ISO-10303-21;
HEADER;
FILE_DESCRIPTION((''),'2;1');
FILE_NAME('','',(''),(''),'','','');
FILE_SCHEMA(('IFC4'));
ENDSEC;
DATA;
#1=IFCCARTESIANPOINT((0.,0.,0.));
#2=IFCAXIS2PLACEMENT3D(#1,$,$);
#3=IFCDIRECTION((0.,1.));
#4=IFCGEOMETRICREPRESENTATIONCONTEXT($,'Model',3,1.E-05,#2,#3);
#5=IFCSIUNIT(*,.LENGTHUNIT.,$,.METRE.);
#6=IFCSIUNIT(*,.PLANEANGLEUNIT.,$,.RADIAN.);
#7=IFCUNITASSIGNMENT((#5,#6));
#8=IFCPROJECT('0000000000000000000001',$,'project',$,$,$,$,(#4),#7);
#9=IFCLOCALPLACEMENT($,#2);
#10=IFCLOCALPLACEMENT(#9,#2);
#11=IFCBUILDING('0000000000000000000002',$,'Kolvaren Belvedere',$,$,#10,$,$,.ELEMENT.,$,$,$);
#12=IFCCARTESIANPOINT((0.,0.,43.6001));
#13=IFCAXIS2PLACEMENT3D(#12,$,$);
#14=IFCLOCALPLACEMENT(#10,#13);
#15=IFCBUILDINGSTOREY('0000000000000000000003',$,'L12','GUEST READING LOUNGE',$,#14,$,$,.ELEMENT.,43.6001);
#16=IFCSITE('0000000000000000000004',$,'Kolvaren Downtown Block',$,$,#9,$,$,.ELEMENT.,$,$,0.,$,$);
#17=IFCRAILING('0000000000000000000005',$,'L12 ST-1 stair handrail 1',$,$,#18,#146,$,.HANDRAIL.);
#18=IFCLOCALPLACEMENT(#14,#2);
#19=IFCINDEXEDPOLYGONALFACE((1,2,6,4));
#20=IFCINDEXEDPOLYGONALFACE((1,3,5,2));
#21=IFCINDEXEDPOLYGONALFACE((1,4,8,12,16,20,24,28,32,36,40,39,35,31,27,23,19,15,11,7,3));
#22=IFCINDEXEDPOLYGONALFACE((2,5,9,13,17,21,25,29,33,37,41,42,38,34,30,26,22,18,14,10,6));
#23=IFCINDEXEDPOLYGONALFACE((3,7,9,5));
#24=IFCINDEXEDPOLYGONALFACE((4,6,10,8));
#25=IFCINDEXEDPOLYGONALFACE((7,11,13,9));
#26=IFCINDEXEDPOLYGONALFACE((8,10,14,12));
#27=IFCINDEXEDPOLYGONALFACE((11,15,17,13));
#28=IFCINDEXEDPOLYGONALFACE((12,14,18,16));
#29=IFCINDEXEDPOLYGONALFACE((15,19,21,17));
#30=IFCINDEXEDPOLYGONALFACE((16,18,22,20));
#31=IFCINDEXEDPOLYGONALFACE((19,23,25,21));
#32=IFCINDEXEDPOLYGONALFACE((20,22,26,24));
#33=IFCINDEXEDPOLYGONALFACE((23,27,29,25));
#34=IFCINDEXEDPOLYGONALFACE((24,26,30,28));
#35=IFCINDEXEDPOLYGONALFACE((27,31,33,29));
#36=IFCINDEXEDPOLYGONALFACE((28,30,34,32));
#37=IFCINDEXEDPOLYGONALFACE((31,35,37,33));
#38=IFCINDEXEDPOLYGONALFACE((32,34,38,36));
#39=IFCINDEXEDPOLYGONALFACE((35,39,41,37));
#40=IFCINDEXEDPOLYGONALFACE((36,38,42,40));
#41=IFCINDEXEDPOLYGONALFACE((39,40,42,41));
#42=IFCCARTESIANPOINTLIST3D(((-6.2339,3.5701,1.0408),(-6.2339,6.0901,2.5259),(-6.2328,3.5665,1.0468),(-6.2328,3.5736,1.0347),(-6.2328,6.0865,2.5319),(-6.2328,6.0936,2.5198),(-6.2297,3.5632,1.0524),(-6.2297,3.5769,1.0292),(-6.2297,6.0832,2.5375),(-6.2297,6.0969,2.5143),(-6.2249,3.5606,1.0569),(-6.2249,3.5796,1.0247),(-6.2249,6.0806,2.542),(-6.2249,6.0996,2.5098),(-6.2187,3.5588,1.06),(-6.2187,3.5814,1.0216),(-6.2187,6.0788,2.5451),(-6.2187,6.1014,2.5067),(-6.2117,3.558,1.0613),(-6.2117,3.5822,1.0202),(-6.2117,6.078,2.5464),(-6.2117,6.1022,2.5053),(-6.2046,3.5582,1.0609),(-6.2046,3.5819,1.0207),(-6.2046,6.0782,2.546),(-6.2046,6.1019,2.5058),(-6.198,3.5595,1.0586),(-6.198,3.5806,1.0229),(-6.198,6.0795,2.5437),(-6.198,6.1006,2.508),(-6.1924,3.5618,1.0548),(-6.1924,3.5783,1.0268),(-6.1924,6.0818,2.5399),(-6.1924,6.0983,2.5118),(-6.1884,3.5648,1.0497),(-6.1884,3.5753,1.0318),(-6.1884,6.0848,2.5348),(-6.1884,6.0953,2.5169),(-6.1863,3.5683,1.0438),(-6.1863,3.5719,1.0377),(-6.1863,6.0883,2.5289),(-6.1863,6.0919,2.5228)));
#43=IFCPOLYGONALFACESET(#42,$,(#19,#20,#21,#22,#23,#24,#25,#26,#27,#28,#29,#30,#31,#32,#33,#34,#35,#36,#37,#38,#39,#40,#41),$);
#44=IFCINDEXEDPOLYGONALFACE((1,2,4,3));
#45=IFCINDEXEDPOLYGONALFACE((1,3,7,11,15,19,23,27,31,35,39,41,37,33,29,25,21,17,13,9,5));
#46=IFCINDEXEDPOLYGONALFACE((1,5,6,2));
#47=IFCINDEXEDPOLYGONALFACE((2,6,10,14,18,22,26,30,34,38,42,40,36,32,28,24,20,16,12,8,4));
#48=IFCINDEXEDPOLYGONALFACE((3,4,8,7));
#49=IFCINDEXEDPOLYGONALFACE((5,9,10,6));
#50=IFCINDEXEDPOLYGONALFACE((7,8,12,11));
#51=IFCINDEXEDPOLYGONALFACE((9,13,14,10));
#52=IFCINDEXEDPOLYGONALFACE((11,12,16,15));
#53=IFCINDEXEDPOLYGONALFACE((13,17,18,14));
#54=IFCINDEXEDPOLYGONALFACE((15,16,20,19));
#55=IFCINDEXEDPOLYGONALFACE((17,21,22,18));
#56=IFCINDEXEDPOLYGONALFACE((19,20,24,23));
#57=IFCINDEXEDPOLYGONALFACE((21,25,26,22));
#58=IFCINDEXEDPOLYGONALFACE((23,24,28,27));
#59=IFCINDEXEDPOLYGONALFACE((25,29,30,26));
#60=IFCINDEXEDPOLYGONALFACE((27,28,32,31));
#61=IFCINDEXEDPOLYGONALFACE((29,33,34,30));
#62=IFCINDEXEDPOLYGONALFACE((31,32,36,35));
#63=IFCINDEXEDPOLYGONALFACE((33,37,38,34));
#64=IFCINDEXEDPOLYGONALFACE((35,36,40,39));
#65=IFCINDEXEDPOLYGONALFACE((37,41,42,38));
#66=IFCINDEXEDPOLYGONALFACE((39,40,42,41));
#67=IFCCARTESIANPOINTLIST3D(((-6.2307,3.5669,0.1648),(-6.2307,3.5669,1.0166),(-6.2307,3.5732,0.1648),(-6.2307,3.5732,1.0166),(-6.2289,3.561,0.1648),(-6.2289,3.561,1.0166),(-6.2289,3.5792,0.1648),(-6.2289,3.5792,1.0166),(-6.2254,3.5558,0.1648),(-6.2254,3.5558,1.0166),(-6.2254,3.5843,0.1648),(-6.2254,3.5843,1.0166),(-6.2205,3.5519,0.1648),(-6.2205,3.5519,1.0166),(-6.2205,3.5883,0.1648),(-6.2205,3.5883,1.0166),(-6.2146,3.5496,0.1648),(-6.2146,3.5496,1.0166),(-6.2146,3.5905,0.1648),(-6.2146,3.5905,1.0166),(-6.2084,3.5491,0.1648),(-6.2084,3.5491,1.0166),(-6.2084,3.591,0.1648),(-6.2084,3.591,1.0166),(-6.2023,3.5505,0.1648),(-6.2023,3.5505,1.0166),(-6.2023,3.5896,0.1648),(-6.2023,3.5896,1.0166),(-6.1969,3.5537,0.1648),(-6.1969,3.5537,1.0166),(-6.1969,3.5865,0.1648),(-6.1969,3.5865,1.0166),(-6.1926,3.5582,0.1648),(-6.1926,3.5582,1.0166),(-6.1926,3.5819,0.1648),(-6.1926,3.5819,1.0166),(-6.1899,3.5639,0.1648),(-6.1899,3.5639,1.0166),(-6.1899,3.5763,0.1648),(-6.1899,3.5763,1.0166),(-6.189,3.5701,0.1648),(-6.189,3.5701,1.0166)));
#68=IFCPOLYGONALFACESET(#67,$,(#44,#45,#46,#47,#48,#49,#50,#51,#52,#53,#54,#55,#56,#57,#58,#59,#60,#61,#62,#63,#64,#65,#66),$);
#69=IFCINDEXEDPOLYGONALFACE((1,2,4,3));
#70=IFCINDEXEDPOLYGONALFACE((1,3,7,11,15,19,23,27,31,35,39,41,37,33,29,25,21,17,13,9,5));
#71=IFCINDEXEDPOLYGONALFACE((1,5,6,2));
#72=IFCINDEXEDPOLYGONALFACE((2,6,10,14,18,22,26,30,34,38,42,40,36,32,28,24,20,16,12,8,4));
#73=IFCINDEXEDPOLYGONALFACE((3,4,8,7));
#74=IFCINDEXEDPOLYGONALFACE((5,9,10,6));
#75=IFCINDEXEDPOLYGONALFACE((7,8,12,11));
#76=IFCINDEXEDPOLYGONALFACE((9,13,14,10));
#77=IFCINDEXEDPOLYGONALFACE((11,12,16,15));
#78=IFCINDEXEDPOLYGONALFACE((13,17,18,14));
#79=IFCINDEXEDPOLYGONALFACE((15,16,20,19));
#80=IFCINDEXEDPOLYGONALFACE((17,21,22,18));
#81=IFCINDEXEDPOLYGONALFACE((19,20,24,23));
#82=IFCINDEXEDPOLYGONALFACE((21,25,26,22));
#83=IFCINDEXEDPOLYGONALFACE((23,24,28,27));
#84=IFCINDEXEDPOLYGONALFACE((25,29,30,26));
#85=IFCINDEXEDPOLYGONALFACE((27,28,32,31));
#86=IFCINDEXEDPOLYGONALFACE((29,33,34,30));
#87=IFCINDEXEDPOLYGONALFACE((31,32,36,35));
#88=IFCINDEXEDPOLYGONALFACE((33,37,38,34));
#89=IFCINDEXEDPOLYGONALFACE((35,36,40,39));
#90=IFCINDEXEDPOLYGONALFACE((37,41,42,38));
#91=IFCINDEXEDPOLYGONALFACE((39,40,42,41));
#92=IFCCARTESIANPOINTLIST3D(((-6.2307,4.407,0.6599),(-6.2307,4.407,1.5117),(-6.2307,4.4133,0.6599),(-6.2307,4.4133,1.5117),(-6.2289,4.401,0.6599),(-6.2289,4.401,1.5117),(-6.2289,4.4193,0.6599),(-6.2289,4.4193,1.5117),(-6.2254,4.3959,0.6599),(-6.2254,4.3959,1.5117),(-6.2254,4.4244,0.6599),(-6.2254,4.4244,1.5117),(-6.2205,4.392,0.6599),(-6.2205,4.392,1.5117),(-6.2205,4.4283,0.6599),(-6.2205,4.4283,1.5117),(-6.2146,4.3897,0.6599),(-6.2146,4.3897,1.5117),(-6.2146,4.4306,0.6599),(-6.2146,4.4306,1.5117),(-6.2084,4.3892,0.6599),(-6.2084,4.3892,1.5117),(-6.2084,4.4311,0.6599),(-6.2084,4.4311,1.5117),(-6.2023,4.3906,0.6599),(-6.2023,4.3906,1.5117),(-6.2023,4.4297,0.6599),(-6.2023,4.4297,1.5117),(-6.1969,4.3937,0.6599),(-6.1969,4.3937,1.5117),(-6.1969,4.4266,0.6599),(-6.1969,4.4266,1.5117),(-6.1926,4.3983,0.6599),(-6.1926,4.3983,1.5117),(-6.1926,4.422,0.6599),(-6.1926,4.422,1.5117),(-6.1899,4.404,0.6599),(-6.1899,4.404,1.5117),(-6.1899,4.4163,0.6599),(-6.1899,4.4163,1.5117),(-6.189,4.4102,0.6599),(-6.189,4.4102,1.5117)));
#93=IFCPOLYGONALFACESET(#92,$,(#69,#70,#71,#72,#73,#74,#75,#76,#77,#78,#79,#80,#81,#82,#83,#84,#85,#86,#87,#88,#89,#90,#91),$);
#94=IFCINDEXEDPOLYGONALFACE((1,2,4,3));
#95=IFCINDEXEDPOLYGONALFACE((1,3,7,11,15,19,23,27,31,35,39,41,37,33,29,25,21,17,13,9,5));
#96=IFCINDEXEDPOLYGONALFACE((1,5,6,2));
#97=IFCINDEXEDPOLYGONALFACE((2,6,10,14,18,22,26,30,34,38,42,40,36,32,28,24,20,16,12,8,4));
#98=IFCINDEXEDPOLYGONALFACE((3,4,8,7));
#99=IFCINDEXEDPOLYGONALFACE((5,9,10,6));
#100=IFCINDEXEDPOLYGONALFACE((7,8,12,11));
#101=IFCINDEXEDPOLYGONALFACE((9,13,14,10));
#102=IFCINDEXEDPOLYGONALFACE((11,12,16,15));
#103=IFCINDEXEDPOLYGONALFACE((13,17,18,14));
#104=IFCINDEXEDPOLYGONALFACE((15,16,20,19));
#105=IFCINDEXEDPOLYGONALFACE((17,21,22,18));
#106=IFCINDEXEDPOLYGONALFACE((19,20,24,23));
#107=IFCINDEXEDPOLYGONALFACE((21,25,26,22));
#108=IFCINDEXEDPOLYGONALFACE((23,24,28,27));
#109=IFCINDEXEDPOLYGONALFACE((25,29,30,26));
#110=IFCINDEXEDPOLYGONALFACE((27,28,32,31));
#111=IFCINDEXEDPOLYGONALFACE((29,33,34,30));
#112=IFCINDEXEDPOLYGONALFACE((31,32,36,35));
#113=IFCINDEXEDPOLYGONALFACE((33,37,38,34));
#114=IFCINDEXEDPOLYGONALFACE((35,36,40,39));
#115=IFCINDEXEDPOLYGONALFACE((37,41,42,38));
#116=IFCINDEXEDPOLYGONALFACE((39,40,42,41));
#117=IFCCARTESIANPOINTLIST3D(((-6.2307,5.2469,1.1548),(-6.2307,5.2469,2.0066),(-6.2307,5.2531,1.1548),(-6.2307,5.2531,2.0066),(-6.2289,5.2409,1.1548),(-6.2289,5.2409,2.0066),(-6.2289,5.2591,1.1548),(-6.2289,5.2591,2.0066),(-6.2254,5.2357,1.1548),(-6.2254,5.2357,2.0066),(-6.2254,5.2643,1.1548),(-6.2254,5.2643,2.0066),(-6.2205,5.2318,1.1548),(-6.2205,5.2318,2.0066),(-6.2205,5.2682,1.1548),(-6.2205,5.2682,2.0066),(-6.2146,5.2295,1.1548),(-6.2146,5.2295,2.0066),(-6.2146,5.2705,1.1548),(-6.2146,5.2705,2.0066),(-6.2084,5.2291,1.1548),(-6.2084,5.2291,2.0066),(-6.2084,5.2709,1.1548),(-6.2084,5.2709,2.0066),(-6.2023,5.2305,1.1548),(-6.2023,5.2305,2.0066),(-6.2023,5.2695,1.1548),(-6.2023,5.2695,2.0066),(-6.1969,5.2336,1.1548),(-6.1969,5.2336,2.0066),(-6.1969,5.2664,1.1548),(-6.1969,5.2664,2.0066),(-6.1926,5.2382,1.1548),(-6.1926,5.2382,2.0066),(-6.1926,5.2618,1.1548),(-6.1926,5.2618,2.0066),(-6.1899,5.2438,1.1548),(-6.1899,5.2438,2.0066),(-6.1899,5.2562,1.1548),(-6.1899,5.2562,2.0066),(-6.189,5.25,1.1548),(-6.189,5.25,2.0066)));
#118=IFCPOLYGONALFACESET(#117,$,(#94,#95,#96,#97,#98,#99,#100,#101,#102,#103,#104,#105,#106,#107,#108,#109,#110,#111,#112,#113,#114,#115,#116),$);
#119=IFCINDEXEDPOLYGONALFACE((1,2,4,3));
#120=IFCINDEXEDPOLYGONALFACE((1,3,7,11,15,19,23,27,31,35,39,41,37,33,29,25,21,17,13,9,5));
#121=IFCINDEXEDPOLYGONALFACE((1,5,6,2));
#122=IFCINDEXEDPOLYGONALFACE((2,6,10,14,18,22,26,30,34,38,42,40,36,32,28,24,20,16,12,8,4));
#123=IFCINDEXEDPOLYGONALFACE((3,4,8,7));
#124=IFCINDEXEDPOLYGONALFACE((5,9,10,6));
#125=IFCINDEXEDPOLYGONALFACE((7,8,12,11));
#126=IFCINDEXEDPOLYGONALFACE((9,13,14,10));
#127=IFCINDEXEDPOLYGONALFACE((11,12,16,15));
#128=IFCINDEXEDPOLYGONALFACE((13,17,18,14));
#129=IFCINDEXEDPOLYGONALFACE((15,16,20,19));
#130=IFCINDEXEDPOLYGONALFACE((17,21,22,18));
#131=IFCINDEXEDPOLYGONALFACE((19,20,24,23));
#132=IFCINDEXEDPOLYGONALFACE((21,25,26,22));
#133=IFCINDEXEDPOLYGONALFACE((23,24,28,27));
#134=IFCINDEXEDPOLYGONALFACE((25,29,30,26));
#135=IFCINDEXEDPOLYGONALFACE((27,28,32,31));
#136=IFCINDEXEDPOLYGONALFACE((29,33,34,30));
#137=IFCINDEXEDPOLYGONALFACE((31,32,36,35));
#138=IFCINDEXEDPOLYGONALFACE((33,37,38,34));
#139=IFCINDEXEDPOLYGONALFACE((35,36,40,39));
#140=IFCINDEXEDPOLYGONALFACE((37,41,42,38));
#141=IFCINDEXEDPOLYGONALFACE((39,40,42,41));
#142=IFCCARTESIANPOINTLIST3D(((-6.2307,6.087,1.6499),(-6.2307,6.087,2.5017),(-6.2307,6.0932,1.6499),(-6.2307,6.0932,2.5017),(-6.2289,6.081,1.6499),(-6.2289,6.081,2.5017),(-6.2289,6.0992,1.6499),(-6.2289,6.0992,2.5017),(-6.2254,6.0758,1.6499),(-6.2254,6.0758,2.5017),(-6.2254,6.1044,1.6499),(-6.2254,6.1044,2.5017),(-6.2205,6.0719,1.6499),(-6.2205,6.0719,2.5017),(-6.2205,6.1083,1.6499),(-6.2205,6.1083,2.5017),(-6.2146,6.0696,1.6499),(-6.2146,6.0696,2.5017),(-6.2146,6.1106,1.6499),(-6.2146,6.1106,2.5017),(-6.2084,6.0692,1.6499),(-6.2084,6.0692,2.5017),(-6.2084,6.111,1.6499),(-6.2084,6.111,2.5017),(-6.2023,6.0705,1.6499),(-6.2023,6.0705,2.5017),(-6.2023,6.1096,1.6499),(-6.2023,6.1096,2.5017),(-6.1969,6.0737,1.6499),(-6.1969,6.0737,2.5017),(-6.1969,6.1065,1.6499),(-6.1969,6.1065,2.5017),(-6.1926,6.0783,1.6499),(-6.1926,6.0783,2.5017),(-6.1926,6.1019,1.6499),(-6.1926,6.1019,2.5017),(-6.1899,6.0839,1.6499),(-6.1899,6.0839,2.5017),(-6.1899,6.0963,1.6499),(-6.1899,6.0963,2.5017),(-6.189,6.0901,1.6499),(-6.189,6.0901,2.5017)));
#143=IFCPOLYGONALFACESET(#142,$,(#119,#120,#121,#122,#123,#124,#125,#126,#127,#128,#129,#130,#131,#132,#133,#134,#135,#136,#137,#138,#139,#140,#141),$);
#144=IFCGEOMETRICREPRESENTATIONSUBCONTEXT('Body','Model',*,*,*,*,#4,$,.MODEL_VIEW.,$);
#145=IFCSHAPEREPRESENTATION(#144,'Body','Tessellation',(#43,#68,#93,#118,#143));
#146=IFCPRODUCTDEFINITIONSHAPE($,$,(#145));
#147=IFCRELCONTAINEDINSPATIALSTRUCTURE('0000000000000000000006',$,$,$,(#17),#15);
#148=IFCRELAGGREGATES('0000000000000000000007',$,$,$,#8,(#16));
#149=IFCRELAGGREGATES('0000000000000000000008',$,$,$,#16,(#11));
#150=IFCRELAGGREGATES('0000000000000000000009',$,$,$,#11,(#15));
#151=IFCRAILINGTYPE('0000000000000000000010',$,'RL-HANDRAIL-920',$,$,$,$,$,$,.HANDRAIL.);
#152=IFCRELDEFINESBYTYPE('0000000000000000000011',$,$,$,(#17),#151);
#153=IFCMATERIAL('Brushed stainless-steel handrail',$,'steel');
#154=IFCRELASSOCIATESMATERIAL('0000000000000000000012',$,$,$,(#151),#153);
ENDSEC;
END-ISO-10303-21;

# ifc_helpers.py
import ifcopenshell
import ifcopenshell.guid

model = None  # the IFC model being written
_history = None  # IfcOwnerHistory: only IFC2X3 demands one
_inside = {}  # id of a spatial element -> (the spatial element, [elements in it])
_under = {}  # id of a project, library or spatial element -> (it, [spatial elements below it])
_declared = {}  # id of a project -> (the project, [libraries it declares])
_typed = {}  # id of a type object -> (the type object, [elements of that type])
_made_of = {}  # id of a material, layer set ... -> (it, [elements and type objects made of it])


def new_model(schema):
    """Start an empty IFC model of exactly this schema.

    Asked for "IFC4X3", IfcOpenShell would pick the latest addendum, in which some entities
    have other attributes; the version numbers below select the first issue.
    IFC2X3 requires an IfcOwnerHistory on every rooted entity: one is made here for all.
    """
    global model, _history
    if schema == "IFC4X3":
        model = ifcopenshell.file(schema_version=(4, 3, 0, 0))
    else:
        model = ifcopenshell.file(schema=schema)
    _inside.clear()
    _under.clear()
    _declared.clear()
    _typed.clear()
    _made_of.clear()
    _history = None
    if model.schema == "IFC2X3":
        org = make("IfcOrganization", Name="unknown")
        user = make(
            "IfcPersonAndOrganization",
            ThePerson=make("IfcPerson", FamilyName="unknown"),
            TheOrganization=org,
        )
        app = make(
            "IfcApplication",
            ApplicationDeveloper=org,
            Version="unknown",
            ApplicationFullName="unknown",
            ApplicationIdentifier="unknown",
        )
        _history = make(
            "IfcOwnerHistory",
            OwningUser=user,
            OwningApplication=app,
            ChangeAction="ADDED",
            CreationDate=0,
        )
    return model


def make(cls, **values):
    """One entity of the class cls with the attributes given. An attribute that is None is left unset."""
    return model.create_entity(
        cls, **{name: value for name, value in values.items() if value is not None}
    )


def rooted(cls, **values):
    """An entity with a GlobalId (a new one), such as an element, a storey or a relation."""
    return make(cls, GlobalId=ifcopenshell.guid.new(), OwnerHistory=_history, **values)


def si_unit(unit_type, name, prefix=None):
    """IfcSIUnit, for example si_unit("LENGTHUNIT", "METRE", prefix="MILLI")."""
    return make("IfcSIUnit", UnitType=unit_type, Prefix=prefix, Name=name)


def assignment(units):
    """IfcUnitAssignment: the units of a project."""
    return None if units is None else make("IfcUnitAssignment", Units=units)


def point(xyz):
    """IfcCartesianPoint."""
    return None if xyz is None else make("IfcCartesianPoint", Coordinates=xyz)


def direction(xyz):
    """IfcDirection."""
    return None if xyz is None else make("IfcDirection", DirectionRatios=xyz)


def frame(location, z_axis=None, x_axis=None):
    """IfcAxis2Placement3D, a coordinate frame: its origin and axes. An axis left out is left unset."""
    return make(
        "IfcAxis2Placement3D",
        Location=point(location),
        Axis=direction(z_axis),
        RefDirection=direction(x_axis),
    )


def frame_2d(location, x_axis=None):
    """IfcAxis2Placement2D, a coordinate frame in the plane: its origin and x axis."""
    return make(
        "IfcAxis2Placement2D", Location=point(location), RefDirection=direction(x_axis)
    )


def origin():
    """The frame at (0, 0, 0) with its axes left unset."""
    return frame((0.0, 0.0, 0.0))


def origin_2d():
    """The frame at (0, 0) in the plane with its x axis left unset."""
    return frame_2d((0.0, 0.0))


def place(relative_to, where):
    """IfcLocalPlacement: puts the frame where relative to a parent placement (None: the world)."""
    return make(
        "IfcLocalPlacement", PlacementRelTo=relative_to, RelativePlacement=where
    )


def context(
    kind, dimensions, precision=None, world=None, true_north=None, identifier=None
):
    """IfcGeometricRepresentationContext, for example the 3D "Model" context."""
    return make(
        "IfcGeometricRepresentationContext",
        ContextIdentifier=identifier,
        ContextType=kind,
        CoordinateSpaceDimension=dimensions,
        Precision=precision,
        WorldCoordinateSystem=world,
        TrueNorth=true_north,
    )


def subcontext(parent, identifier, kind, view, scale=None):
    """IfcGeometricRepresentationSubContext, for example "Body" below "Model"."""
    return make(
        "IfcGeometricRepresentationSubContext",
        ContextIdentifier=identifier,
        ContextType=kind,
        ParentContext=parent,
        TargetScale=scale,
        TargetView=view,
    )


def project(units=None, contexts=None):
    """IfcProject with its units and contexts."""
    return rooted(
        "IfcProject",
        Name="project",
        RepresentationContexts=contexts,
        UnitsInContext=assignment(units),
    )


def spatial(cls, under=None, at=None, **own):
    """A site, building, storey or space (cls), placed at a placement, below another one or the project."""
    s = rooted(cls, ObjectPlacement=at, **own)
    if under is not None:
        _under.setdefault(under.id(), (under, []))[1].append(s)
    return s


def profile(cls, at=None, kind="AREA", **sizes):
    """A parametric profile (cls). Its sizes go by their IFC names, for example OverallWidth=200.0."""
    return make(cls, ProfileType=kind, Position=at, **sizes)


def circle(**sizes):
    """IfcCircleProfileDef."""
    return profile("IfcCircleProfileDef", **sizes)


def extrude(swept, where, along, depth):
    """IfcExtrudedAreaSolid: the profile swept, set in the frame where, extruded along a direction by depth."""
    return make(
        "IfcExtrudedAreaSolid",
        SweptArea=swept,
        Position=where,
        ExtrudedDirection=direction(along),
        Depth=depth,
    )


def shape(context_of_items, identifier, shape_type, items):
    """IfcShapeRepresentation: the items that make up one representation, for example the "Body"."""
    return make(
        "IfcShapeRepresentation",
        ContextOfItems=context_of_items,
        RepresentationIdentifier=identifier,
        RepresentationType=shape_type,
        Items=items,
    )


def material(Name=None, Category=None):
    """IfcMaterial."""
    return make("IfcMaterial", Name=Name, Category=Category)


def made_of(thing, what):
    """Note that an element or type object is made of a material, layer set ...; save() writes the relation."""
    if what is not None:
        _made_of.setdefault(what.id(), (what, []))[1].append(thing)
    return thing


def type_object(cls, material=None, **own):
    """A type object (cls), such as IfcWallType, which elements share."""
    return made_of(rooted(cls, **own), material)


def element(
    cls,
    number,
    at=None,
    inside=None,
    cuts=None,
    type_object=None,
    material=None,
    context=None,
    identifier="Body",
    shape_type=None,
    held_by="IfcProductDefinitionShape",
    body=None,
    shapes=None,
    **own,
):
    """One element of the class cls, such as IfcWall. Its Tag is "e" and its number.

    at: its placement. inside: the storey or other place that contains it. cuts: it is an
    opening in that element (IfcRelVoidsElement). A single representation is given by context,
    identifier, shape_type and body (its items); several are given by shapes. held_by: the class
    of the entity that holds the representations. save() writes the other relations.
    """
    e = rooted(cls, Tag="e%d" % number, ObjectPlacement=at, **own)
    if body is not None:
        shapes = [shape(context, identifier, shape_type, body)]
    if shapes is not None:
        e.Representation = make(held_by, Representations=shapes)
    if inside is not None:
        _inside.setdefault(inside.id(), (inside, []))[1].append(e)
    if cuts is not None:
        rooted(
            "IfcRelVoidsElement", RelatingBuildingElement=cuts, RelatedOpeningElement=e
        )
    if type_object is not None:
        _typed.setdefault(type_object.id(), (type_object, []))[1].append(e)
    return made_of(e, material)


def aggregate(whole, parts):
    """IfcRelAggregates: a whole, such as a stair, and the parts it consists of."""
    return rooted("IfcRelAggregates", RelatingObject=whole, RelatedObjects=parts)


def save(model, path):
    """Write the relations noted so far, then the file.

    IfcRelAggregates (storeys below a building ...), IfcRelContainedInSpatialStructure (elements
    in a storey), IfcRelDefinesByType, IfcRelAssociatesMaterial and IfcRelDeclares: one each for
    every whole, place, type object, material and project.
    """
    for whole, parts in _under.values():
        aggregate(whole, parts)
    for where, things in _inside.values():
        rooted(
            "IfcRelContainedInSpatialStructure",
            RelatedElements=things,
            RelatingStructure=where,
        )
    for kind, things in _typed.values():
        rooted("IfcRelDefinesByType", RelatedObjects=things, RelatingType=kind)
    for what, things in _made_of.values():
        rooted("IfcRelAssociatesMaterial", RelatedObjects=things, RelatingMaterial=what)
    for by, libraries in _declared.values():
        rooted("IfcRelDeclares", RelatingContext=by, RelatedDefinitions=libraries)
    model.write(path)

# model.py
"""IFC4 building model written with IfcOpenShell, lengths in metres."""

from ifc_helpers import new_model, si_unit, direction, frame, origin, origin_2d, place, context, subcontext, project, spatial, circle, extrude, material, type_object, element, save


model = new_model("IFC4")

# Units and contexts
model_context = context("Model", 3, precision=1e-05, world=origin(), true_north=direction((0.0, 1.0)))
body_context = subcontext(model_context, "Body", "Model", "MODEL_VIEW")
ifc_project = project(units=[si_unit("LENGTHUNIT", "METRE"), si_unit("PLANEANGLEUNIT", "RADIAN")], contexts=[model_context])

# Site, building, storey
site_placement = place(None, origin())
site = spatial("IfcSite", under=ifc_project, at=site_placement, Name="Kolvaren Downtown Block", CompositionType="ELEMENT", RefElevation=0.0)
building_placement = place(site_placement, origin())
building = spatial("IfcBuilding", under=site, at=building_placement, Name="Kolvaren Belvedere", CompositionType="ELEMENT")
storey_placement = place(building_placement, frame((0.0, 0.0, 43.6001)))
storey = spatial("IfcBuildingStorey", under=building, at=storey_placement, Name="L12", Description="GUEST READING LOUNGE", CompositionType="ELEMENT", Elevation=43.6001)

# Railing
ifc_material_1 = material(Name="Brushed stainless-steel handrail", Category="steel")
railing_type_1 = type_object("IfcRailingType", Name="RL-HANDRAIL-920", PredefinedType="HANDRAIL", material=ifc_material_1)
railing_1_placement = place(storey_placement, frame((-6.21, 3.5701, 0.1648)))
element("IfcRailing", 1, at=railing_1_placement, inside=storey, type_object=railing_type_1, Name="L12 ST-1 stair handrail 1", PredefinedType="HANDRAIL", context=body_context, shape_type="SweptSolid", body=[
    extrude(circle(Radius=0.0239, at=origin_2d()), frame((0.0, 0.0, 0.876), z_axis=(0.0, 0.861524, 0.507717), x_axis=(-1.0, 0.0, 0.0)), (0.0, 0.0, 1.0), 2.925),
    extrude(circle(Radius=0.021, at=origin_2d()), origin(), (0.0, 0.0, 1.0), 0.8518),
    extrude(circle(Radius=0.021, at=origin_2d()), frame((0.0, 0.8401, 0.4951)), (0.0, 0.0, 1.0), 0.8518),
    extrude(circle(Radius=0.021, at=origin_2d()), frame((0.0, 1.6799, 0.99)), (0.0, 0.0, 1.0), 0.8518),
    extrude(circle(Radius=0.021, at=origin_2d()), frame((0.0, 2.52, 1.4851)), (0.0, 0.0, 1.0), 0.8518),
])

save(model, "model.ifc")
